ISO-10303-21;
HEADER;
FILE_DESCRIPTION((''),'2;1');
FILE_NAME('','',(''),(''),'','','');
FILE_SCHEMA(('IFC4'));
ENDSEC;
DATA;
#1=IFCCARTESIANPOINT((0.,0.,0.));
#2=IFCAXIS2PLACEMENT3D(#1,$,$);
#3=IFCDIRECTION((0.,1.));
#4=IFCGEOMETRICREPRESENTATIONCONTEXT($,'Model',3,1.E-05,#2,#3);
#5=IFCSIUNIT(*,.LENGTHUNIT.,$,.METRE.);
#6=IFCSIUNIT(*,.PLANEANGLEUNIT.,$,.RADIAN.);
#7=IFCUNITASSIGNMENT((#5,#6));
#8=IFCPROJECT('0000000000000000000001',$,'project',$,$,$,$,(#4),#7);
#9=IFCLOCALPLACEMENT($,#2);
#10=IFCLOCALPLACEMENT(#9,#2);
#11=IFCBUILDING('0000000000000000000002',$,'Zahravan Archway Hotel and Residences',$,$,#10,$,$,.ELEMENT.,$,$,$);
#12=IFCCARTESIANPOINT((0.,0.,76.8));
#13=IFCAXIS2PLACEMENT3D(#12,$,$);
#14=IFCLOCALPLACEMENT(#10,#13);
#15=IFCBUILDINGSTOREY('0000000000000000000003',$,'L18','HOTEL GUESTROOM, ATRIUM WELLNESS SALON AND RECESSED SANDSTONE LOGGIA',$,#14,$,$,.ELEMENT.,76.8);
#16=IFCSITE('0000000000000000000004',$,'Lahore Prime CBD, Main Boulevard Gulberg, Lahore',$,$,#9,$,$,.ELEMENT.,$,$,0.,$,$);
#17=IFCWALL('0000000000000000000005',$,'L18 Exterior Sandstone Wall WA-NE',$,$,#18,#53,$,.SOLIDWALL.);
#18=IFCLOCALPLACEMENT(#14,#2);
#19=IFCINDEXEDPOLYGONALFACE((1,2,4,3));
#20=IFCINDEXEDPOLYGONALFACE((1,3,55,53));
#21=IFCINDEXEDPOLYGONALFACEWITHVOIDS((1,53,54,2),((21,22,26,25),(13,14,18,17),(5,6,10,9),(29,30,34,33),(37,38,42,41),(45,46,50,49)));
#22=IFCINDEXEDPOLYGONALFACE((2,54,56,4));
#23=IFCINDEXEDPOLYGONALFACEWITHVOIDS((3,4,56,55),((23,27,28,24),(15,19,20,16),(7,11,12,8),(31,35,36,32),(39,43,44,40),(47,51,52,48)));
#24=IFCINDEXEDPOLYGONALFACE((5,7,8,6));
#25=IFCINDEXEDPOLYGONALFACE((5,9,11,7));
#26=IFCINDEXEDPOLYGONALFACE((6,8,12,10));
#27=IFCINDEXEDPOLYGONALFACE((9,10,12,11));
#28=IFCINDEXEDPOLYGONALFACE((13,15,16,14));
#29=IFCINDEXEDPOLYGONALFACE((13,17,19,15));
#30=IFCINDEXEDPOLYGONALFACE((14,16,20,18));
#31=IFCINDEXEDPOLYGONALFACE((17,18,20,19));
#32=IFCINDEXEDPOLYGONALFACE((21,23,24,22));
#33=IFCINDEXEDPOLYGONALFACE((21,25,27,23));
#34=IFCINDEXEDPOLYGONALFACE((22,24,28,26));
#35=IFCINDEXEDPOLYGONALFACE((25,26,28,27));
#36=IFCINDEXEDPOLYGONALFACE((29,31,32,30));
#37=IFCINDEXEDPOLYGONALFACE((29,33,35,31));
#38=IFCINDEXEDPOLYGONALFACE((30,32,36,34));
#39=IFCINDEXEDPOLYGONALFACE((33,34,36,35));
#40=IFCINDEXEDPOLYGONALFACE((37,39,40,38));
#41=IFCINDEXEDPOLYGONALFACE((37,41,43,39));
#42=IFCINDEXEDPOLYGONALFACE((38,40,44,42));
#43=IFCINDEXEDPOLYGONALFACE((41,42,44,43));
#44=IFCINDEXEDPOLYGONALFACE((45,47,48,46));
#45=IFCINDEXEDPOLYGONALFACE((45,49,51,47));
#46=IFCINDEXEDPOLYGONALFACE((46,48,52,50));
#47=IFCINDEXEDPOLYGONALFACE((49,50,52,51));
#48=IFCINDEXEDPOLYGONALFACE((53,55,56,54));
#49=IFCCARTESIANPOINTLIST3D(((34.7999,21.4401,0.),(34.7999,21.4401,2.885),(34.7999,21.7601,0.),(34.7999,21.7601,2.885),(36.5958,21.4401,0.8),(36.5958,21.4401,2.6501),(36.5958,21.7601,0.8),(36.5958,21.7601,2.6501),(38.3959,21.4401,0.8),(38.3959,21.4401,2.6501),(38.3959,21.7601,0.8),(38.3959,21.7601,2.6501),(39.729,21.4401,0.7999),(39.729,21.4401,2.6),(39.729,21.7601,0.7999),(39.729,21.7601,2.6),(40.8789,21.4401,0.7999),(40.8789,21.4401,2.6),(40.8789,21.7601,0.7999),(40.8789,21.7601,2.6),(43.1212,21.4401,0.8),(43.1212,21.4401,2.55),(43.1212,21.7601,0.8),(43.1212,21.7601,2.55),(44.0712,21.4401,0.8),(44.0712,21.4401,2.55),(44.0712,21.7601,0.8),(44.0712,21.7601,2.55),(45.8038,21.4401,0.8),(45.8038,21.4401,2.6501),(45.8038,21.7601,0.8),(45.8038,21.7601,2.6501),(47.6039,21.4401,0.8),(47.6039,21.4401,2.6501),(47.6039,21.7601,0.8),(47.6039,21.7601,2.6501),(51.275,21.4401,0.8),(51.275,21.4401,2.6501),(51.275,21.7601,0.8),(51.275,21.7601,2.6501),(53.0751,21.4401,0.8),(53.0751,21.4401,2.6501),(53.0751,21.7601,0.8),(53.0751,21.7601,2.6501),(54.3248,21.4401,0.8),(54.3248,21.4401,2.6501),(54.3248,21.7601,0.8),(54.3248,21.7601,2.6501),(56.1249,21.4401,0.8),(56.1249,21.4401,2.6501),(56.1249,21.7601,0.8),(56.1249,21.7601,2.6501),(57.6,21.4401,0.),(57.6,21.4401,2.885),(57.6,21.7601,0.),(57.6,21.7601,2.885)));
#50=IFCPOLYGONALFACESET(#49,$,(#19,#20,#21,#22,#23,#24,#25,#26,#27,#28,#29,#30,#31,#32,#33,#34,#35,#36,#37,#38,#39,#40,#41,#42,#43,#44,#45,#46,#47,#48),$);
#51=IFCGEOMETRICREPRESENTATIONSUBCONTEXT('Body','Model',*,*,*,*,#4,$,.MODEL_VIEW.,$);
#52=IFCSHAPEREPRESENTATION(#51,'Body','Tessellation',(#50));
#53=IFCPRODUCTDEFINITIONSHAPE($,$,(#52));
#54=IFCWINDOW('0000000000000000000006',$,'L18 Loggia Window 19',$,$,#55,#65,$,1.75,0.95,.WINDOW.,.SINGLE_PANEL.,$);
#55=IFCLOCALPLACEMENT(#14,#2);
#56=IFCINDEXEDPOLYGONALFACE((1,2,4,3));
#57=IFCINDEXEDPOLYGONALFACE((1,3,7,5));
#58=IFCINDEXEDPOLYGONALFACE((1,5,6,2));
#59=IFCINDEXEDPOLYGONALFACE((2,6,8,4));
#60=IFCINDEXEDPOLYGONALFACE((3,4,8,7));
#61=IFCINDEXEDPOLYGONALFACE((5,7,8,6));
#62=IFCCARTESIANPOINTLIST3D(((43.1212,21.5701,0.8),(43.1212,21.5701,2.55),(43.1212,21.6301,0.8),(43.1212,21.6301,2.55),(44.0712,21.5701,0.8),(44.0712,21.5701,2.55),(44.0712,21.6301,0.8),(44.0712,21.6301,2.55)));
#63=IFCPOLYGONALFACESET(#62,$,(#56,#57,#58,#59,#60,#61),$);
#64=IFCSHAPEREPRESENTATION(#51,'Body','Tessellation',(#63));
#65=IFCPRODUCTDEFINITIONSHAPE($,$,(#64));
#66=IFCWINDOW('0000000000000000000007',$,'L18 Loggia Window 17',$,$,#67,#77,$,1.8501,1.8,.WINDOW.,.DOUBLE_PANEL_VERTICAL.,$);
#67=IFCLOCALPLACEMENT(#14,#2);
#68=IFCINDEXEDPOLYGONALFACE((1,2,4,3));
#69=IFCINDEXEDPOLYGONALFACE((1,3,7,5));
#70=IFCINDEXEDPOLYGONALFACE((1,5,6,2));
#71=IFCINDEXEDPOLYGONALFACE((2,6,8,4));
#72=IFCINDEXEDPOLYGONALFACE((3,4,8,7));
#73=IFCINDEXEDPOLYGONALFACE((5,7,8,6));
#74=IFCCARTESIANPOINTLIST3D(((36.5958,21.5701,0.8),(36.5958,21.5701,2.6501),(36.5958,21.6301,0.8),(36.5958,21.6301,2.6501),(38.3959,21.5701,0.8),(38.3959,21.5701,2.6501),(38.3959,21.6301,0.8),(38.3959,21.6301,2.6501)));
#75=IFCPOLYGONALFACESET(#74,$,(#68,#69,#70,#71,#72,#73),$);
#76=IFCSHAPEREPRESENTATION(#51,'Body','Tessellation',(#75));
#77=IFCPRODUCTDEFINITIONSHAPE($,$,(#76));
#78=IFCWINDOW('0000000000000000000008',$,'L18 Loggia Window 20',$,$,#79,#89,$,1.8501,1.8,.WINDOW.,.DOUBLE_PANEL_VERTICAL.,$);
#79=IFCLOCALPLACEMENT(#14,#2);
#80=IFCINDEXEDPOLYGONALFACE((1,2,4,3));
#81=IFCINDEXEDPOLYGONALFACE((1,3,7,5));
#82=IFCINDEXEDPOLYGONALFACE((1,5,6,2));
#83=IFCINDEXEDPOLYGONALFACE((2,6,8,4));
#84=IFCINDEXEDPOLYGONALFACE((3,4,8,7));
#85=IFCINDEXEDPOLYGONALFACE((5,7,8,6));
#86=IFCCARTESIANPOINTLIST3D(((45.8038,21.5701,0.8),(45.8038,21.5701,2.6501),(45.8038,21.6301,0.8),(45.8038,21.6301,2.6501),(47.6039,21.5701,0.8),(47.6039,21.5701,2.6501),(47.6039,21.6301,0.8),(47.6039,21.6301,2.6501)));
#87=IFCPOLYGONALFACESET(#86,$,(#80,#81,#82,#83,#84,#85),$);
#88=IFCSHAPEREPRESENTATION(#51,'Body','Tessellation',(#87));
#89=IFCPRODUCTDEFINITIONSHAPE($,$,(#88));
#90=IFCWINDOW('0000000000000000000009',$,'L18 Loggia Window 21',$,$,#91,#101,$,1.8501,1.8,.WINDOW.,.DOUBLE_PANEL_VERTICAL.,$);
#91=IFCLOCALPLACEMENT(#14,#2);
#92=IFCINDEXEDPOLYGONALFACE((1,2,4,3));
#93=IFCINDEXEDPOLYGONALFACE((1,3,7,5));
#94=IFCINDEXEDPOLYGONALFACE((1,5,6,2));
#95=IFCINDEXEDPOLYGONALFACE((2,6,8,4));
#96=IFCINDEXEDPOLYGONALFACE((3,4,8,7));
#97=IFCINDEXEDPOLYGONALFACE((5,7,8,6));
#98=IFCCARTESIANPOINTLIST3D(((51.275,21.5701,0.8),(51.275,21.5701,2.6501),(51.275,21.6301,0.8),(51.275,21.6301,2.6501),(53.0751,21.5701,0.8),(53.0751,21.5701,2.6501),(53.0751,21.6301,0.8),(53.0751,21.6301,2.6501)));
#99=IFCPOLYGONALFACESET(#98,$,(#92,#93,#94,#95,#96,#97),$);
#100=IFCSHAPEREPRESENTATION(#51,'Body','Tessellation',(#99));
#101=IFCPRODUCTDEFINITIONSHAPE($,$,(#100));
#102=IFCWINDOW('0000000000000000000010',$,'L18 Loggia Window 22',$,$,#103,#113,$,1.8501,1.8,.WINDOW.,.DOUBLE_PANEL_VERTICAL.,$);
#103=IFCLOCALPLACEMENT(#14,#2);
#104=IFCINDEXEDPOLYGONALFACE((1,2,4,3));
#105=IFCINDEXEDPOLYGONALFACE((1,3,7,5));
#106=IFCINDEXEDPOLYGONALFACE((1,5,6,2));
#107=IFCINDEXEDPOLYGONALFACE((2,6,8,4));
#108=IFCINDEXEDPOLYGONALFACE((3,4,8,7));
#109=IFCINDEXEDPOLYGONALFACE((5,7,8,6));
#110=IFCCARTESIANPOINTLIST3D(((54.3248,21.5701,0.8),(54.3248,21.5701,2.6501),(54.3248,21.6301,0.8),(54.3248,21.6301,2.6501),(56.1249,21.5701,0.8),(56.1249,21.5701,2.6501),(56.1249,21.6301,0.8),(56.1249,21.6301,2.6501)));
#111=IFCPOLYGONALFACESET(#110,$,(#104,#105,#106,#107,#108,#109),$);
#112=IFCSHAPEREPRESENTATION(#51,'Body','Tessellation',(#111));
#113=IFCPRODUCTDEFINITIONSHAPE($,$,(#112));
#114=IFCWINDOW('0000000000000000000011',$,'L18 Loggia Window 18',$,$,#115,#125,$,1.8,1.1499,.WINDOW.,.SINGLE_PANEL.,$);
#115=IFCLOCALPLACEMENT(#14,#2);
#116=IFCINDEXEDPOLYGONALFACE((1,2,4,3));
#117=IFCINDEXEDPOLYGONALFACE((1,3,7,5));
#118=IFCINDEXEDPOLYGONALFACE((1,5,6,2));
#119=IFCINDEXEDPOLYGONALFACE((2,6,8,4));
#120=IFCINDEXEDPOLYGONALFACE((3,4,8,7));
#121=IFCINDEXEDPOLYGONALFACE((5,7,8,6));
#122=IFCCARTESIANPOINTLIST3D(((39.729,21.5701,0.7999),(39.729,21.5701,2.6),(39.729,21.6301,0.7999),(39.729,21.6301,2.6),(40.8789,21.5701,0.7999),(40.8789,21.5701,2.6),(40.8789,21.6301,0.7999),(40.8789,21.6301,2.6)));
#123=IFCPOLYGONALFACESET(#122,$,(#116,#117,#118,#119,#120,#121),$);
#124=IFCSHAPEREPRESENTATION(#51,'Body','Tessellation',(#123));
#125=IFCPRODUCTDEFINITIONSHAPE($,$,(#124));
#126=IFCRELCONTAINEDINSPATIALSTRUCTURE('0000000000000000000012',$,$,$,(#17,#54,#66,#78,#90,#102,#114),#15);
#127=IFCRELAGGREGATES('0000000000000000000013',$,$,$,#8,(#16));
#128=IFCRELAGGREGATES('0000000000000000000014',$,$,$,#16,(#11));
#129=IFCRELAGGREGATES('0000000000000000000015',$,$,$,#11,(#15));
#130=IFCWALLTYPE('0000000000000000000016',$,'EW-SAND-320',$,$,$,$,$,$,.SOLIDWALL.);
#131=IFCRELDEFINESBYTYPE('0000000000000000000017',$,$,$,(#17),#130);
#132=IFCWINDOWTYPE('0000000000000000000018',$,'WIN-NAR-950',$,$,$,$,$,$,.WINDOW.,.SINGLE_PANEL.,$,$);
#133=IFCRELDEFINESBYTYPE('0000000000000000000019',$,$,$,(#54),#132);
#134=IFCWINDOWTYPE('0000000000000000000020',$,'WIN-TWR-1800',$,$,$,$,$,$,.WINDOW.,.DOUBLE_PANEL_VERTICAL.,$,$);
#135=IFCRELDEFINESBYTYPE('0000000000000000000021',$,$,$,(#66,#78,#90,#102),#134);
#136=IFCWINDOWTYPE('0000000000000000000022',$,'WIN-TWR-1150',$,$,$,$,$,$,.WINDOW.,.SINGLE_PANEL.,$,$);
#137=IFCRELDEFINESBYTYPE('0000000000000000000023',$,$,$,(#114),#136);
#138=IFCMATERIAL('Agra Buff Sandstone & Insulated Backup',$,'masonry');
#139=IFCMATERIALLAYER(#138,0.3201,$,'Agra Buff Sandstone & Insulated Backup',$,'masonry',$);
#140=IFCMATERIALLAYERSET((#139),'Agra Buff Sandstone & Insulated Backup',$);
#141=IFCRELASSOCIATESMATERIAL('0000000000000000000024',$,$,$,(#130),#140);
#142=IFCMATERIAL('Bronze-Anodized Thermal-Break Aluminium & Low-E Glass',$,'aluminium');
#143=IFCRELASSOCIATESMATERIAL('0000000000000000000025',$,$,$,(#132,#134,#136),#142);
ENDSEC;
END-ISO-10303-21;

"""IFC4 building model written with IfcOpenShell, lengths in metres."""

from ifc_helpers import new_model, si_unit, direction, frame, frame_2d, origin, place, context, subcontext, project, spatial, rectangle, extrude, source, transform, mapped, material, layer, layer_set, type_object, type_shapes, element, fill, save


model = new_model("IFC4")

# Units and contexts
model_context = context("Model", 3, precision=1e-05, world=origin(), true_north=direction((0.0, 1.0)))
body_context = subcontext(model_context, "Body", "Model", "MODEL_VIEW")
ifc_project = project(units=[si_unit("LENGTHUNIT", "METRE"), si_unit("PLANEANGLEUNIT", "RADIAN")], contexts=[model_context])

# Site, building, storey
site_placement = place(None, origin())
site = spatial("IfcSite", under=ifc_project, at=site_placement, Name="Lahore Prime CBD, Main Boulevard Gulberg, Lahore", CompositionType="ELEMENT", RefElevation=0.0)
building_placement = place(site_placement, origin())
building = spatial("IfcBuilding", under=site, at=building_placement, Name="Zahravan Archway Hotel and Residences", CompositionType="ELEMENT")
storey_placement = place(building_placement, frame((0.0, 0.0, 76.8)))
storey = spatial("IfcBuildingStorey", under=building, at=storey_placement, Name="L18", Description="HOTEL GUESTROOM, ATRIUM WELLNESS SALON AND RECESSED SANDSTONE LOGGIA", CompositionType="ELEMENT", Elevation=76.8)

# Wall, openings, windows
ifc_material_1 = material(Name="Agra Buff Sandstone & Insulated Backup", Category="masonry")
ifc_layer_1 = layer(ifc_material_1, 0.3201, Name="Agra Buff Sandstone & Insulated Backup", Category="masonry")
ifc_layer_set_1 = layer_set([ifc_layer_1], Name="Agra Buff Sandstone & Insulated Backup")
wall_type = type_object("IfcWallType", Name="EW-SAND-320", PredefinedType="SOLIDWALL", material=ifc_layer_set_1)
wall_placement = place(storey_placement, frame((34.8, 21.6001, 0.0), z_axis=(0.0, 0.0, 1.0), x_axis=(1.0, 0.0, 0.0)))
wall = element("IfcWall", 1, at=wall_placement, inside=storey, type_object=wall_type, Name="L18 Exterior Sandstone Wall WA-NE", PredefinedType="SOLIDWALL", context=body_context, shape_type="SweptSolid", body=[
    extrude(rectangle(XDim=22.8, YDim=0.3201, at=frame_2d((11.3999, 0.0))), origin(), (0.0, 0.0, 1.0), 2.885),
])
opening_1_placement = place(wall_placement, frame((1.7959, 0.0, 0.8)))
opening_1 = element("IfcOpeningElement", 2, at=opening_1_placement, cuts=wall, PredefinedType="OPENING", context=body_context, shape_type="SweptSolid", body=[
    extrude(rectangle(XDim=1.8, YDim=1.8501, at=frame_2d((0.8999, 0.925))), frame((0.0, 0.1699, 0.0), z_axis=(0.0, -1.0, 0.0), x_axis=(1.0, 0.0, 0.0)), (0.0, 0.0, 1.0), 0.3401),
])
opening_2_placement = place(wall_placement, frame((4.929, 0.0, 0.8)))
opening_2 = element("IfcOpeningElement", 3, at=opening_2_placement, cuts=wall, PredefinedType="OPENING", context=body_context, shape_type="SweptSolid", body=[
    extrude(rectangle(XDim=1.1499, YDim=1.8, at=frame_2d((0.575, 0.8999))), frame((0.0, 0.1699, 0.0), z_axis=(0.0, -1.0, 0.0), x_axis=(1.0, 0.0, 0.0)), (0.0, 0.0, 1.0), 0.3401),
])
opening_3_placement = place(wall_placement, frame((8.321, 0.0, 0.8)))
opening_3 = element("IfcOpeningElement", 4, at=opening_3_placement, cuts=wall, PredefinedType="OPENING", context=body_context, shape_type="SweptSolid", body=[
    extrude(rectangle(XDim=0.95, YDim=1.75, at=frame_2d((0.4751, 0.875))), frame((0.0, 0.1699, 0.0), z_axis=(0.0, -1.0, 0.0), x_axis=(1.0, 0.0, 0.0)), (0.0, 0.0, 1.0), 0.3401),
])
opening_4_placement = place(wall_placement, frame((11.0039, 0.0, 0.8)))
opening_4 = element("IfcOpeningElement", 5, at=opening_4_placement, cuts=wall, PredefinedType="OPENING", context=body_context, shape_type="SweptSolid", body=[
    extrude(rectangle(XDim=1.8, YDim=1.8501, at=frame_2d((0.8999, 0.925))), frame((0.0, 0.1699, 0.0), z_axis=(0.0, -1.0, 0.0), x_axis=(1.0, 0.0, 0.0)), (0.0, 0.0, 1.0), 0.3401),
])
opening_5_placement = place(wall_placement, frame((16.4751, 0.0, 0.8)))
opening_5 = element("IfcOpeningElement", 6, at=opening_5_placement, cuts=wall, PredefinedType="OPENING", context=body_context, shape_type="SweptSolid", body=[
    extrude(rectangle(XDim=1.8, YDim=1.8501, at=frame_2d((0.8999, 0.925))), frame((0.0, 0.1699, 0.0), z_axis=(0.0, -1.0, 0.0), x_axis=(1.0, 0.0, 0.0)), (0.0, 0.0, 1.0), 0.3401),
])
opening_6_placement = place(wall_placement, frame((19.5249, 0.0, 0.8)))
opening_6 = element("IfcOpeningElement", 7, at=opening_6_placement, cuts=wall, PredefinedType="OPENING", context=body_context, shape_type="SweptSolid", body=[
    extrude(rectangle(XDim=1.8, YDim=1.8501, at=frame_2d((0.8999, 0.925))), frame((0.0, 0.1699, 0.0), z_axis=(0.0, -1.0, 0.0), x_axis=(1.0, 0.0, 0.0)), (0.0, 0.0, 1.0), 0.3401),
])
ifc_material_2 = material(Name="Bronze-Anodized Thermal-Break Aluminium & Low-E Glass", Category="aluminium")
window_type_1 = type_object("IfcWindowType", Name="WIN-NAR-950", PartitioningType="SINGLE_PANEL", PredefinedType="WINDOW", material=ifc_material_2)
shared_shape_1 = source(origin(), body_context, "Body", "SweptSolid", [
    extrude(rectangle(XDim=0.95, YDim=1.75, at=frame_2d((0.4751, 0.875))), frame((0.0, 0.03, 0.0), z_axis=(0.0, -1.0, 0.0), x_axis=(1.0, 0.0, 0.0)), (0.0, 0.0, 1.0), 0.0601),
])
type_shapes(window_type_1, [shared_shape_1])
window_1_placement = place(opening_3_placement, origin())
window_1 = element("IfcWindow", 8, at=window_1_placement, inside=storey, type_object=window_type_1, Name="L18 Loggia Window 19", OverallHeight=1.75, OverallWidth=0.95, PartitioningType="SINGLE_PANEL", PredefinedType="WINDOW", context=body_context, shape_type="MappedRepresentation", body=[
    mapped(shared_shape_1, transform((0.0, 0.0, 0.0), scale=1.0)),
])
fill(opening_3, window_1)
window_type_2 = type_object("IfcWindowType", Name="WIN-TWR-1800", PartitioningType="DOUBLE_PANEL_VERTICAL", PredefinedType="WINDOW", material=ifc_material_2)
shared_shape_2 = source(origin(), body_context, "Body", "SweptSolid", [
    extrude(rectangle(XDim=1.8, YDim=1.8501, at=frame_2d((0.8999, 0.925))), frame((0.0, 0.03, 0.0), z_axis=(0.0, -1.0, 0.0), x_axis=(1.0, 0.0, 0.0)), (0.0, 0.0, 1.0), 0.0601),
])
type_shapes(window_type_2, [shared_shape_2])
window_2_placement = place(opening_1_placement, origin())
window_2 = element("IfcWindow", 9, at=window_2_placement, inside=storey, type_object=window_type_2, Name="L18 Loggia Window 17", OverallHeight=1.8501, OverallWidth=1.8, PartitioningType="DOUBLE_PANEL_VERTICAL", PredefinedType="WINDOW", context=body_context, shape_type="MappedRepresentation", body=[
    mapped(shared_shape_2, transform((0.0, 0.0, 0.0), scale=1.0)),
])
fill(opening_1, window_2)
window_3_placement = place(opening_4_placement, origin())
window_3 = element("IfcWindow", 10, at=window_3_placement, inside=storey, type_object=window_type_2, Name="L18 Loggia Window 20", OverallHeight=1.8501, OverallWidth=1.8, PartitioningType="DOUBLE_PANEL_VERTICAL", PredefinedType="WINDOW", context=body_context, shape_type="MappedRepresentation", body=[
    mapped(shared_shape_2, transform((0.0, 0.0, 0.0), scale=1.0)),
])
fill(opening_4, window_3)
window_4_placement = place(opening_5_placement, origin())
window_4 = element("IfcWindow", 11, at=window_4_placement, inside=storey, type_object=window_type_2, Name="L18 Loggia Window 21", OverallHeight=1.8501, OverallWidth=1.8, PartitioningType="DOUBLE_PANEL_VERTICAL", PredefinedType="WINDOW", context=body_context, shape_type="MappedRepresentation", body=[
    mapped(shared_shape_2, transform((0.0, 0.0, 0.0), scale=1.0)),
])
fill(opening_5, window_4)
window_5_placement = place(opening_6_placement, origin())
window_5 = element("IfcWindow", 12, at=window_5_placement, inside=storey, type_object=window_type_2, Name="L18 Loggia Window 22", OverallHeight=1.8501, OverallWidth=1.8, PartitioningType="DOUBLE_PANEL_VERTICAL", PredefinedType="WINDOW", context=body_context, shape_type="MappedRepresentation", body=[
    mapped(shared_shape_2, transform((0.0, 0.0, 0.0), scale=1.0)),
])
fill(opening_6, window_5)
window_type_3 = type_object("IfcWindowType", Name="WIN-TWR-1150", PartitioningType="SINGLE_PANEL", PredefinedType="WINDOW", material=ifc_material_2)
shared_shape_3 = source(origin(), body_context, "Body", "SweptSolid", [
    extrude(rectangle(XDim=1.1499, YDim=1.8, at=frame_2d((0.575, 0.8999))), frame((0.0, 0.03, 0.0), z_axis=(0.0, -1.0, 0.0), x_axis=(1.0, 0.0, 0.0)), (0.0, 0.0, 1.0), 0.0601),
])
type_shapes(window_type_3, [shared_shape_3])
window_6_placement = place(opening_2_placement, origin())
window_6 = element("IfcWindow", 13, at=window_6_placement, inside=storey, type_object=window_type_3, Name="L18 Loggia Window 18", OverallHeight=1.8, OverallWidth=1.1499, PartitioningType="SINGLE_PANEL", PredefinedType="WINDOW", context=body_context, shape_type="MappedRepresentation", body=[
    mapped(shared_shape_3, transform((0.0, 0.0, 0.0), scale=1.0)),
])
fill(opening_2, window_6)

save(model, "model.ifc")
